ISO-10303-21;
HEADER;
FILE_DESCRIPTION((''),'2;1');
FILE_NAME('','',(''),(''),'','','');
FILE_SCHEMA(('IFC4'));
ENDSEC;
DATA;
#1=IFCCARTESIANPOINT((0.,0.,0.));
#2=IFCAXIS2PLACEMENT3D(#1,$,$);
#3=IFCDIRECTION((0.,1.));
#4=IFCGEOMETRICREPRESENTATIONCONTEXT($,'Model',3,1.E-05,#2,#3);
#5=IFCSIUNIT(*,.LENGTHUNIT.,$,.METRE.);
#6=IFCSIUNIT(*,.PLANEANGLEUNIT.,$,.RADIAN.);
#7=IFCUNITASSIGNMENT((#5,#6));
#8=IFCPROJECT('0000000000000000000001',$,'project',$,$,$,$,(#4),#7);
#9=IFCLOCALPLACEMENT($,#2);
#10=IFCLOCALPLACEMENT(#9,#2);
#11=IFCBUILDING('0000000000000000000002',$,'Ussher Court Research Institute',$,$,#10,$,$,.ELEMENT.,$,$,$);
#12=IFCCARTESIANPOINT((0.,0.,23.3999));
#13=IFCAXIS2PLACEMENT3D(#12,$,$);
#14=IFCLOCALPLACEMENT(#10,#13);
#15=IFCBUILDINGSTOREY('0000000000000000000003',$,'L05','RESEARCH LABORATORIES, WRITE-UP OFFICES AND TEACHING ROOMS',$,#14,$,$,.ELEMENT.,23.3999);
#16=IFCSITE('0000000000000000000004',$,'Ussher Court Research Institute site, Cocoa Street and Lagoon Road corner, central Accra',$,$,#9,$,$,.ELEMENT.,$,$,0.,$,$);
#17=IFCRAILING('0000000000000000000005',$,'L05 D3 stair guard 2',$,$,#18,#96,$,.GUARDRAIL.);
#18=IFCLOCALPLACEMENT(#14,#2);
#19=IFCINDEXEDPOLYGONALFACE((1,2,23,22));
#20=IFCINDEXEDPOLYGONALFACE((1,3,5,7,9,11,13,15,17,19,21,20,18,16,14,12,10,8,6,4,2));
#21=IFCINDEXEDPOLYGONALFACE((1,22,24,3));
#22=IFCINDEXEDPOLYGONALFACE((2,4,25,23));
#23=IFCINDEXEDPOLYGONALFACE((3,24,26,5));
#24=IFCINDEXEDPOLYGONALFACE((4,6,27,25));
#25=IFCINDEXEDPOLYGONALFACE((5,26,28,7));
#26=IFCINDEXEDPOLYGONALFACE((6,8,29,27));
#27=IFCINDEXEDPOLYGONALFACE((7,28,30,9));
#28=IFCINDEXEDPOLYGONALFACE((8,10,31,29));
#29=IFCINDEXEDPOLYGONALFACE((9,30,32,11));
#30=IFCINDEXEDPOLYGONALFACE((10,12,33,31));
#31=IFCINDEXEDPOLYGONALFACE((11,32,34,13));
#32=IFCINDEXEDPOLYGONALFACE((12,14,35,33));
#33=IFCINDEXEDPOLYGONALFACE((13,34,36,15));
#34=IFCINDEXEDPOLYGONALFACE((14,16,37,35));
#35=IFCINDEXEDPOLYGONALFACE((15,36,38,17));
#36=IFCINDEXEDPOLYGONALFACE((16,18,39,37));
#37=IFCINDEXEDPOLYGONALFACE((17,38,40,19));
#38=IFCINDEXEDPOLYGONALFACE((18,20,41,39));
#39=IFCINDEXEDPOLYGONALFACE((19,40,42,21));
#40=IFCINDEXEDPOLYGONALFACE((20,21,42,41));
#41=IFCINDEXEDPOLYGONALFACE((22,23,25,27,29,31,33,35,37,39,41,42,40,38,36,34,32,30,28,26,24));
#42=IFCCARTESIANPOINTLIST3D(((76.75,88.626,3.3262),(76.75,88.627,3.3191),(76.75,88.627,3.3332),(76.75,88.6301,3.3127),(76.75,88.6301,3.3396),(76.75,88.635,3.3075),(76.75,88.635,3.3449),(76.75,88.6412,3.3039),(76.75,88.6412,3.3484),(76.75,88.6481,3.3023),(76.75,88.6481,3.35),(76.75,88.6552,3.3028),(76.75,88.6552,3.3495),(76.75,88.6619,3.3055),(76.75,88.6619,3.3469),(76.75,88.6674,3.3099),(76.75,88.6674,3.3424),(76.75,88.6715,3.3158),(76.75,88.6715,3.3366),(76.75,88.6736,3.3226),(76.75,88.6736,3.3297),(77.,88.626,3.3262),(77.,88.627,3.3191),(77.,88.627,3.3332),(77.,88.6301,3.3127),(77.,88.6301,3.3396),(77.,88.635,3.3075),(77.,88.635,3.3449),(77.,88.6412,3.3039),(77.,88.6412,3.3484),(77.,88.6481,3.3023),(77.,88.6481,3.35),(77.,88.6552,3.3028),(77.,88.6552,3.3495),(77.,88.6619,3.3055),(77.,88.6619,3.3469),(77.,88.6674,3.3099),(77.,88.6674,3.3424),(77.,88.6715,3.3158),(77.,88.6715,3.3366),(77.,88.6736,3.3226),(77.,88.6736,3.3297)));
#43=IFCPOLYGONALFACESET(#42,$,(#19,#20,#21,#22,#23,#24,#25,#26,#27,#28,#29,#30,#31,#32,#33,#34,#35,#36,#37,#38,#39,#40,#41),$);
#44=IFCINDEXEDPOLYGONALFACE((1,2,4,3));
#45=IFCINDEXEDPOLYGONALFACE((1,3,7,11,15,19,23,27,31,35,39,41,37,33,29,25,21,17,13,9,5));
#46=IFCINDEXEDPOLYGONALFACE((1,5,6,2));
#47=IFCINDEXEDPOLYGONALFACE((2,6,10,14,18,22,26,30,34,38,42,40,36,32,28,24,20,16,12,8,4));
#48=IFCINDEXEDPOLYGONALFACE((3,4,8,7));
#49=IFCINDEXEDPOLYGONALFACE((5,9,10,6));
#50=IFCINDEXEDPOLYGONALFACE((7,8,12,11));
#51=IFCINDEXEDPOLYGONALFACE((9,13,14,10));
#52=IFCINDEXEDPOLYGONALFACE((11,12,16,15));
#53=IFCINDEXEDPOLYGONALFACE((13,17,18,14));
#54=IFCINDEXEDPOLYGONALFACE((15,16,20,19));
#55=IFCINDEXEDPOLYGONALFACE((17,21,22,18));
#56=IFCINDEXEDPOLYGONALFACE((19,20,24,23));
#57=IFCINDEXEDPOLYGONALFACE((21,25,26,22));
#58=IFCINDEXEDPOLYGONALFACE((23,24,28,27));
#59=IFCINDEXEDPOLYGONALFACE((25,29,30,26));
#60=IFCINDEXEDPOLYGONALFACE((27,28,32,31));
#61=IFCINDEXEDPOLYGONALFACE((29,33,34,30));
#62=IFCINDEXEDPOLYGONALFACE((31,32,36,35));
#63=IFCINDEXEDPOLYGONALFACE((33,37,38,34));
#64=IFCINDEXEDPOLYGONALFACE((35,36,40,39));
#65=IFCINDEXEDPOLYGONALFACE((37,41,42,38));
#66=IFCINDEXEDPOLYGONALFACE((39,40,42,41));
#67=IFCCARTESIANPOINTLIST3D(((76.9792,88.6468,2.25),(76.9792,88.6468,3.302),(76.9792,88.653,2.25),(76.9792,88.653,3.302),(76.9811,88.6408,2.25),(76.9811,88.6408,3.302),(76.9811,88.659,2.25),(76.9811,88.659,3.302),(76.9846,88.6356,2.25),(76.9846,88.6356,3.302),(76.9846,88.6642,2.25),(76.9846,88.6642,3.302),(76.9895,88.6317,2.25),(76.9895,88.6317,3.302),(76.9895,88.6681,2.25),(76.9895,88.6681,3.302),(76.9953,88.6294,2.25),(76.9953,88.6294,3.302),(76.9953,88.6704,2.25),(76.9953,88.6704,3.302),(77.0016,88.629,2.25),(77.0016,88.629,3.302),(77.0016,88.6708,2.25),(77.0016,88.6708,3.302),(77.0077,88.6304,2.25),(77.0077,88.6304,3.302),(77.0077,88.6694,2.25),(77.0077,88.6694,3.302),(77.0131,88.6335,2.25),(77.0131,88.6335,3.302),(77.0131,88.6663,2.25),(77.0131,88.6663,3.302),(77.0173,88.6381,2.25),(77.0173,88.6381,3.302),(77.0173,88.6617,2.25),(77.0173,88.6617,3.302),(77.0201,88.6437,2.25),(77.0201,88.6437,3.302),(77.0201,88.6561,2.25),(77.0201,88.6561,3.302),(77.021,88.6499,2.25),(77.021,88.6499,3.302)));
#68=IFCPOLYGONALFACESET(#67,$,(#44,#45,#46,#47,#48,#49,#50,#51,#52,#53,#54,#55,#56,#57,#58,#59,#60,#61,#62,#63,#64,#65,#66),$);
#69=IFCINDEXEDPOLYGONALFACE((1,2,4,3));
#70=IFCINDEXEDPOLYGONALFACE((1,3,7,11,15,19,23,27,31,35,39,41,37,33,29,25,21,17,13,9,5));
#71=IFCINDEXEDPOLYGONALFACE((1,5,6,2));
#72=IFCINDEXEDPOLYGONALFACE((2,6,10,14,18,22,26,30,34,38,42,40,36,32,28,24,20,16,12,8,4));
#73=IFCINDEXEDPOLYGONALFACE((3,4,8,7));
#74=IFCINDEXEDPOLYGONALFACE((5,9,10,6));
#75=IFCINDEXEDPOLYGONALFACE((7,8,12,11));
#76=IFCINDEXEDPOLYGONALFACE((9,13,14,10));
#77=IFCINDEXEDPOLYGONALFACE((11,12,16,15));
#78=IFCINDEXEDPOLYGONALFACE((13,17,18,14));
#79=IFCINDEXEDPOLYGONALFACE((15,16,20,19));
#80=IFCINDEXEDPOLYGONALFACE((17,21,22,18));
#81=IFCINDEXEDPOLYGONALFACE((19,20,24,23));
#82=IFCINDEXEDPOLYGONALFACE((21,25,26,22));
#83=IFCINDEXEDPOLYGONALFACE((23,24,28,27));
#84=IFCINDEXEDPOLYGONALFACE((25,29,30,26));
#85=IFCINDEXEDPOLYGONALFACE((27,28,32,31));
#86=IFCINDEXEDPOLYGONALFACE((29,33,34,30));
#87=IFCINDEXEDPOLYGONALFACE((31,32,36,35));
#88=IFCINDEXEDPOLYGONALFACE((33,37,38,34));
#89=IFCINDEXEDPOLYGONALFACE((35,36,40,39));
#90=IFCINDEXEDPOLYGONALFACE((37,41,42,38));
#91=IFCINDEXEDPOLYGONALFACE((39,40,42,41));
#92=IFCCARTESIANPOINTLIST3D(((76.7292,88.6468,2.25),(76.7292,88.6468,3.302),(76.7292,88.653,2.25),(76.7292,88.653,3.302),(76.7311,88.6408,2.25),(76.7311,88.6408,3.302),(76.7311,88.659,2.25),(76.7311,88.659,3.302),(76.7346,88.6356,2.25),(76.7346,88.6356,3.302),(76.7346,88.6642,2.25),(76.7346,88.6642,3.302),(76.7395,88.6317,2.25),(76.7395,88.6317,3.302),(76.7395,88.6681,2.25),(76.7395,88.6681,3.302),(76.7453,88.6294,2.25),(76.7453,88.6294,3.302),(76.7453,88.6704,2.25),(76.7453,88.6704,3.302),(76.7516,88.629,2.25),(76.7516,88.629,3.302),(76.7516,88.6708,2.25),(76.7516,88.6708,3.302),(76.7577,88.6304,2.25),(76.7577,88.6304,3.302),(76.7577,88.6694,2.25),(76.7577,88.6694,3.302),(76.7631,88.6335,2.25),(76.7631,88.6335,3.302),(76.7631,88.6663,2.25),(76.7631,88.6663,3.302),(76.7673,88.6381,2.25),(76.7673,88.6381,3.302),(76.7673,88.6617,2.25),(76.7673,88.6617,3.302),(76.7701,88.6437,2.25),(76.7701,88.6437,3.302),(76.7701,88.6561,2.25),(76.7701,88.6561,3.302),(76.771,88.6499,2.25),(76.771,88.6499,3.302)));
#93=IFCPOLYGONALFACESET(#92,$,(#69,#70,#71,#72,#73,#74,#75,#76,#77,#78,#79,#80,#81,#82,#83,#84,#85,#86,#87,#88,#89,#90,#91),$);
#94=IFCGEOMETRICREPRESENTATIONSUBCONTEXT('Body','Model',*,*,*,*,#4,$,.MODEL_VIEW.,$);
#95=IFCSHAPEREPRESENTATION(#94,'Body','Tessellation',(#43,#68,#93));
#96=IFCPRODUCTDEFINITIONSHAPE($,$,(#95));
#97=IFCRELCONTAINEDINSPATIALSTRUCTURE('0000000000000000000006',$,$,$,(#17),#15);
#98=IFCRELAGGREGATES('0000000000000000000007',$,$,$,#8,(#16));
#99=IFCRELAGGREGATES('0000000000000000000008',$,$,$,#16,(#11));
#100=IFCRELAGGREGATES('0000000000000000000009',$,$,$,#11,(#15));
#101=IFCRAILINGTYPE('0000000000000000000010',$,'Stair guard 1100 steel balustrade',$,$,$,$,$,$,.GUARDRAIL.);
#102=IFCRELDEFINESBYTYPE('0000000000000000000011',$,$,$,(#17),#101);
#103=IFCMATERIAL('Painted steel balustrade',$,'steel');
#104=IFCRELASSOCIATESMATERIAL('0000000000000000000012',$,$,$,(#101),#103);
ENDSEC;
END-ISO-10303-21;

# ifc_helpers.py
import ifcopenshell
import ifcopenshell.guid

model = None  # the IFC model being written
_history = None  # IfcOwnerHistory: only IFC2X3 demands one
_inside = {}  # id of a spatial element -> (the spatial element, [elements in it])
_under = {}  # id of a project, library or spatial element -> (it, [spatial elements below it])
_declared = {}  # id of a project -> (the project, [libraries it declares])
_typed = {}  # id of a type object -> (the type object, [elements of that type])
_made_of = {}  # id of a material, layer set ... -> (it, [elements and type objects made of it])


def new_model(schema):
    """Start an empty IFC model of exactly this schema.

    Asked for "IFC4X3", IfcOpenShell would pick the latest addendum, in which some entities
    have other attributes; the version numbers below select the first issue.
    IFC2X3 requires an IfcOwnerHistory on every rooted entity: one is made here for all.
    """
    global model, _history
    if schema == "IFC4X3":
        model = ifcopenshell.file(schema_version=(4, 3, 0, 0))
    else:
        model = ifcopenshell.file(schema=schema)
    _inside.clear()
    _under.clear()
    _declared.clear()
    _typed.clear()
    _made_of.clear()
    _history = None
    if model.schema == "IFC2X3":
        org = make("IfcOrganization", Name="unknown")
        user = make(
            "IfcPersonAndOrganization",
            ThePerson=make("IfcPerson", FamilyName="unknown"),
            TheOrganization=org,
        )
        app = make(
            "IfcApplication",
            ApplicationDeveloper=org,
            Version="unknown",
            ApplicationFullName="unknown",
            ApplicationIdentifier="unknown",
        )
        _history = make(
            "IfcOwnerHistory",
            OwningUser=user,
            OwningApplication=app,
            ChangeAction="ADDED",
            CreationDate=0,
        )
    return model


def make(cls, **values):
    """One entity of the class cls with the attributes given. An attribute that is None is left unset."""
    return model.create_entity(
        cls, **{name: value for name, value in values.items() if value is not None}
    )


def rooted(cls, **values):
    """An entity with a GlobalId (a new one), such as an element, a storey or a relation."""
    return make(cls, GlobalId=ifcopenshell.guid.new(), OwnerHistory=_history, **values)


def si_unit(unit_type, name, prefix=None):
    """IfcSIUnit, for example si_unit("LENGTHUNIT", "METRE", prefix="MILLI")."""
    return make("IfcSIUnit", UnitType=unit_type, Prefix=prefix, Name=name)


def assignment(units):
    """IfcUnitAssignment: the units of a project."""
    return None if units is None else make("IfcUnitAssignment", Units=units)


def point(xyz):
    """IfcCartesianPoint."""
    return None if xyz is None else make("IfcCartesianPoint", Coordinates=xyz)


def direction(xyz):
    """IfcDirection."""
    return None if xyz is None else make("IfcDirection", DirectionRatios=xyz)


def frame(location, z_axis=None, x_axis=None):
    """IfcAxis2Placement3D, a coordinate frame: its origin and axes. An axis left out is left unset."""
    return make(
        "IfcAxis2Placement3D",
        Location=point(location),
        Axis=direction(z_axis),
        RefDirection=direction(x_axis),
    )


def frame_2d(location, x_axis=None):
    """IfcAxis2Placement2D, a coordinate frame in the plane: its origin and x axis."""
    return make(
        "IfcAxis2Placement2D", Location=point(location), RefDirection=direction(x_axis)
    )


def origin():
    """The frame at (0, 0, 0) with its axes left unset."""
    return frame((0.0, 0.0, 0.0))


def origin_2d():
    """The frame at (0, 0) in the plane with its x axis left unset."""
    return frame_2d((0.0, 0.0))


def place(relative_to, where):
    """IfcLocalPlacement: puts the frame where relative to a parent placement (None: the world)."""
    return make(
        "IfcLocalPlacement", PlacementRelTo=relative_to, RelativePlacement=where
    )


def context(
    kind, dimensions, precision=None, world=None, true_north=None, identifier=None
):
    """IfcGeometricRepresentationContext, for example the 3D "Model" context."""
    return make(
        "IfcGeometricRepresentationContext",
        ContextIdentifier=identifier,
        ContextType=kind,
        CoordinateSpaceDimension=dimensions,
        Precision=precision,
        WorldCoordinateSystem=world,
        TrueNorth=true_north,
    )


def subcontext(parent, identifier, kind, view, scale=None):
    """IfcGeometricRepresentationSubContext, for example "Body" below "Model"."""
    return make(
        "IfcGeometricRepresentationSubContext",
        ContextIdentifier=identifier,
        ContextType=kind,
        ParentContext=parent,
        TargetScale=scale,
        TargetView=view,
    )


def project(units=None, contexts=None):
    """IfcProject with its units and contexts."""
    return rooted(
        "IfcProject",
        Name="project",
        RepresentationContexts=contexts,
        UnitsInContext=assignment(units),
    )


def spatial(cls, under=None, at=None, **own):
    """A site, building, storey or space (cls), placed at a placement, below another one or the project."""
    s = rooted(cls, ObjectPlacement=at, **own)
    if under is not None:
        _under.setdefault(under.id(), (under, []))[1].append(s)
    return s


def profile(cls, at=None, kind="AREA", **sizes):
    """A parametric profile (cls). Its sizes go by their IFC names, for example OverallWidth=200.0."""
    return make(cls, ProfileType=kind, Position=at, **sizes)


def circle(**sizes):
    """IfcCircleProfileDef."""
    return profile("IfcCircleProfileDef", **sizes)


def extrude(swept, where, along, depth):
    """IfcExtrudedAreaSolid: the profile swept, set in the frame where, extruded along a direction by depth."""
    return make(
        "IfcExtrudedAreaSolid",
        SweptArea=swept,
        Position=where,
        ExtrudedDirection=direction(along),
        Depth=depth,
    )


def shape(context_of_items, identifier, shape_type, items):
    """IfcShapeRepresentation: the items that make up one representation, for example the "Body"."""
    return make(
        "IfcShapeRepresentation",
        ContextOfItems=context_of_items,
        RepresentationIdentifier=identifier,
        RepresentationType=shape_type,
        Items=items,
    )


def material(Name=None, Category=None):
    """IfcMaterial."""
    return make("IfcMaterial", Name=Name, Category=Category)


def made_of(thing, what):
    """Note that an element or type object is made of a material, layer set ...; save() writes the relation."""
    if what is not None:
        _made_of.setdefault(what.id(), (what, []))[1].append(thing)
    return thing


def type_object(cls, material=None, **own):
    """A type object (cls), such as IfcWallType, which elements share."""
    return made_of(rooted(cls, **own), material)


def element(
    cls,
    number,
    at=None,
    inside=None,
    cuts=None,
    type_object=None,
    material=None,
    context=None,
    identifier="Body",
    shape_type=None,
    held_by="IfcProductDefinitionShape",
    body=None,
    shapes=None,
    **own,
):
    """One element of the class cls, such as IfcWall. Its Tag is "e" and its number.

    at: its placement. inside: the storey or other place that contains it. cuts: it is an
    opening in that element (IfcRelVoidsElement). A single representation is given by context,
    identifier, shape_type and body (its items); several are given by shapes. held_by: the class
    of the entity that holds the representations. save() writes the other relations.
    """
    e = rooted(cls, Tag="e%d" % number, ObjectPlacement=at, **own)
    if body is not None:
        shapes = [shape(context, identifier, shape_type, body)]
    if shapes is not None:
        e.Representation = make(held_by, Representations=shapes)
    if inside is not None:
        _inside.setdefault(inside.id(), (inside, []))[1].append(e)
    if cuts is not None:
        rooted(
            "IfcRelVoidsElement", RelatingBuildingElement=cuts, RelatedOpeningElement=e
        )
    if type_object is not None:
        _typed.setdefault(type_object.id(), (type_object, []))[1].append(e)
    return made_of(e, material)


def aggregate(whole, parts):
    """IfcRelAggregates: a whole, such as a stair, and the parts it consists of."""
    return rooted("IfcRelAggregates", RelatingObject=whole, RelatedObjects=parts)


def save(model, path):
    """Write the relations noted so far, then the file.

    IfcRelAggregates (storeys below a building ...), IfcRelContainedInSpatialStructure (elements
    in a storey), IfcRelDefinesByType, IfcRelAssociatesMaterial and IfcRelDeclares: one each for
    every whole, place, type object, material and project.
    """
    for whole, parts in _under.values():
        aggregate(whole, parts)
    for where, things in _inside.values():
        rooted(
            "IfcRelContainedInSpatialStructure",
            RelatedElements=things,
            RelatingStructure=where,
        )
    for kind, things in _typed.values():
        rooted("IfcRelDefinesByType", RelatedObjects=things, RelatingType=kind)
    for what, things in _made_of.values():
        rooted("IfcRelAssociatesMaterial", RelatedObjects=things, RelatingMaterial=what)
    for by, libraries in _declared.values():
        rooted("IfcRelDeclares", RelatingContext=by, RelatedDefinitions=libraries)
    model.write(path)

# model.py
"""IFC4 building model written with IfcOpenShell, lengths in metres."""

from ifc_helpers import new_model, si_unit, direction, frame, origin, origin_2d, place, context, subcontext, project, spatial, circle, extrude, material, type_object, element, save


model = new_model("IFC4")

# Units and contexts
model_context = context("Model", 3, precision=1e-05, world=origin(), true_north=direction((0.0, 1.0)))
body_context = subcontext(model_context, "Body", "Model", "MODEL_VIEW")
ifc_project = project(units=[si_unit("LENGTHUNIT", "METRE"), si_unit("PLANEANGLEUNIT", "RADIAN")], contexts=[model_context])

# Site, building, storey
site_placement = place(None, origin())
site = spatial("IfcSite", under=ifc_project, at=site_placement, Name="Ussher Court Research Institute site, Cocoa Street and Lagoon Road corner, central Accra", CompositionType="ELEMENT", RefElevation=0.0)
building_placement = place(site_placement, origin())
building = spatial("IfcBuilding", under=site, at=building_placement, Name="Ussher Court Research Institute", CompositionType="ELEMENT")
storey_placement = place(building_placement, frame((0.0, 0.0, 23.3999)))
storey = spatial("IfcBuildingStorey", under=building, at=storey_placement, Name="L05", Description="RESEARCH LABORATORIES, WRITE-UP OFFICES AND TEACHING ROOMS", CompositionType="ELEMENT", Elevation=23.3999)

# Railing
ifc_material_1 = material(Name="Painted steel balustrade", Category="steel")
railing_type_1 = type_object("IfcRailingType", Name="Stair guard 1100 steel balustrade", PredefinedType="GUARDRAIL", material=ifc_material_1)
railing_1_placement = place(storey_placement, frame((77.0, 88.6499, 2.25)))
element("IfcRailing", 1, at=railing_1_placement, inside=storey, type_object=railing_type_1, Name="L05 D3 stair guard 2", PredefinedType="GUARDRAIL", context=body_context, shape_type="SweptSolid", body=[
    extrude(circle(Radius=0.0239, at=origin_2d()), frame((0.0, 0.0, 1.0762), z_axis=(-1.0, 0.0, 0.0), x_axis=(0.0, -1.0, 0.0)), (0.0, 0.0, 1.0), 0.25),
    extrude(circle(Radius=0.021, at=origin_2d()), origin(), (0.0, 0.0, 1.0), 1.052),
    extrude(circle(Radius=0.021, at=origin_2d()), frame((-0.25, 0.0, 0.0)), (0.0, 0.0, 1.0), 1.052),
])

save(model, "model.ifc")
